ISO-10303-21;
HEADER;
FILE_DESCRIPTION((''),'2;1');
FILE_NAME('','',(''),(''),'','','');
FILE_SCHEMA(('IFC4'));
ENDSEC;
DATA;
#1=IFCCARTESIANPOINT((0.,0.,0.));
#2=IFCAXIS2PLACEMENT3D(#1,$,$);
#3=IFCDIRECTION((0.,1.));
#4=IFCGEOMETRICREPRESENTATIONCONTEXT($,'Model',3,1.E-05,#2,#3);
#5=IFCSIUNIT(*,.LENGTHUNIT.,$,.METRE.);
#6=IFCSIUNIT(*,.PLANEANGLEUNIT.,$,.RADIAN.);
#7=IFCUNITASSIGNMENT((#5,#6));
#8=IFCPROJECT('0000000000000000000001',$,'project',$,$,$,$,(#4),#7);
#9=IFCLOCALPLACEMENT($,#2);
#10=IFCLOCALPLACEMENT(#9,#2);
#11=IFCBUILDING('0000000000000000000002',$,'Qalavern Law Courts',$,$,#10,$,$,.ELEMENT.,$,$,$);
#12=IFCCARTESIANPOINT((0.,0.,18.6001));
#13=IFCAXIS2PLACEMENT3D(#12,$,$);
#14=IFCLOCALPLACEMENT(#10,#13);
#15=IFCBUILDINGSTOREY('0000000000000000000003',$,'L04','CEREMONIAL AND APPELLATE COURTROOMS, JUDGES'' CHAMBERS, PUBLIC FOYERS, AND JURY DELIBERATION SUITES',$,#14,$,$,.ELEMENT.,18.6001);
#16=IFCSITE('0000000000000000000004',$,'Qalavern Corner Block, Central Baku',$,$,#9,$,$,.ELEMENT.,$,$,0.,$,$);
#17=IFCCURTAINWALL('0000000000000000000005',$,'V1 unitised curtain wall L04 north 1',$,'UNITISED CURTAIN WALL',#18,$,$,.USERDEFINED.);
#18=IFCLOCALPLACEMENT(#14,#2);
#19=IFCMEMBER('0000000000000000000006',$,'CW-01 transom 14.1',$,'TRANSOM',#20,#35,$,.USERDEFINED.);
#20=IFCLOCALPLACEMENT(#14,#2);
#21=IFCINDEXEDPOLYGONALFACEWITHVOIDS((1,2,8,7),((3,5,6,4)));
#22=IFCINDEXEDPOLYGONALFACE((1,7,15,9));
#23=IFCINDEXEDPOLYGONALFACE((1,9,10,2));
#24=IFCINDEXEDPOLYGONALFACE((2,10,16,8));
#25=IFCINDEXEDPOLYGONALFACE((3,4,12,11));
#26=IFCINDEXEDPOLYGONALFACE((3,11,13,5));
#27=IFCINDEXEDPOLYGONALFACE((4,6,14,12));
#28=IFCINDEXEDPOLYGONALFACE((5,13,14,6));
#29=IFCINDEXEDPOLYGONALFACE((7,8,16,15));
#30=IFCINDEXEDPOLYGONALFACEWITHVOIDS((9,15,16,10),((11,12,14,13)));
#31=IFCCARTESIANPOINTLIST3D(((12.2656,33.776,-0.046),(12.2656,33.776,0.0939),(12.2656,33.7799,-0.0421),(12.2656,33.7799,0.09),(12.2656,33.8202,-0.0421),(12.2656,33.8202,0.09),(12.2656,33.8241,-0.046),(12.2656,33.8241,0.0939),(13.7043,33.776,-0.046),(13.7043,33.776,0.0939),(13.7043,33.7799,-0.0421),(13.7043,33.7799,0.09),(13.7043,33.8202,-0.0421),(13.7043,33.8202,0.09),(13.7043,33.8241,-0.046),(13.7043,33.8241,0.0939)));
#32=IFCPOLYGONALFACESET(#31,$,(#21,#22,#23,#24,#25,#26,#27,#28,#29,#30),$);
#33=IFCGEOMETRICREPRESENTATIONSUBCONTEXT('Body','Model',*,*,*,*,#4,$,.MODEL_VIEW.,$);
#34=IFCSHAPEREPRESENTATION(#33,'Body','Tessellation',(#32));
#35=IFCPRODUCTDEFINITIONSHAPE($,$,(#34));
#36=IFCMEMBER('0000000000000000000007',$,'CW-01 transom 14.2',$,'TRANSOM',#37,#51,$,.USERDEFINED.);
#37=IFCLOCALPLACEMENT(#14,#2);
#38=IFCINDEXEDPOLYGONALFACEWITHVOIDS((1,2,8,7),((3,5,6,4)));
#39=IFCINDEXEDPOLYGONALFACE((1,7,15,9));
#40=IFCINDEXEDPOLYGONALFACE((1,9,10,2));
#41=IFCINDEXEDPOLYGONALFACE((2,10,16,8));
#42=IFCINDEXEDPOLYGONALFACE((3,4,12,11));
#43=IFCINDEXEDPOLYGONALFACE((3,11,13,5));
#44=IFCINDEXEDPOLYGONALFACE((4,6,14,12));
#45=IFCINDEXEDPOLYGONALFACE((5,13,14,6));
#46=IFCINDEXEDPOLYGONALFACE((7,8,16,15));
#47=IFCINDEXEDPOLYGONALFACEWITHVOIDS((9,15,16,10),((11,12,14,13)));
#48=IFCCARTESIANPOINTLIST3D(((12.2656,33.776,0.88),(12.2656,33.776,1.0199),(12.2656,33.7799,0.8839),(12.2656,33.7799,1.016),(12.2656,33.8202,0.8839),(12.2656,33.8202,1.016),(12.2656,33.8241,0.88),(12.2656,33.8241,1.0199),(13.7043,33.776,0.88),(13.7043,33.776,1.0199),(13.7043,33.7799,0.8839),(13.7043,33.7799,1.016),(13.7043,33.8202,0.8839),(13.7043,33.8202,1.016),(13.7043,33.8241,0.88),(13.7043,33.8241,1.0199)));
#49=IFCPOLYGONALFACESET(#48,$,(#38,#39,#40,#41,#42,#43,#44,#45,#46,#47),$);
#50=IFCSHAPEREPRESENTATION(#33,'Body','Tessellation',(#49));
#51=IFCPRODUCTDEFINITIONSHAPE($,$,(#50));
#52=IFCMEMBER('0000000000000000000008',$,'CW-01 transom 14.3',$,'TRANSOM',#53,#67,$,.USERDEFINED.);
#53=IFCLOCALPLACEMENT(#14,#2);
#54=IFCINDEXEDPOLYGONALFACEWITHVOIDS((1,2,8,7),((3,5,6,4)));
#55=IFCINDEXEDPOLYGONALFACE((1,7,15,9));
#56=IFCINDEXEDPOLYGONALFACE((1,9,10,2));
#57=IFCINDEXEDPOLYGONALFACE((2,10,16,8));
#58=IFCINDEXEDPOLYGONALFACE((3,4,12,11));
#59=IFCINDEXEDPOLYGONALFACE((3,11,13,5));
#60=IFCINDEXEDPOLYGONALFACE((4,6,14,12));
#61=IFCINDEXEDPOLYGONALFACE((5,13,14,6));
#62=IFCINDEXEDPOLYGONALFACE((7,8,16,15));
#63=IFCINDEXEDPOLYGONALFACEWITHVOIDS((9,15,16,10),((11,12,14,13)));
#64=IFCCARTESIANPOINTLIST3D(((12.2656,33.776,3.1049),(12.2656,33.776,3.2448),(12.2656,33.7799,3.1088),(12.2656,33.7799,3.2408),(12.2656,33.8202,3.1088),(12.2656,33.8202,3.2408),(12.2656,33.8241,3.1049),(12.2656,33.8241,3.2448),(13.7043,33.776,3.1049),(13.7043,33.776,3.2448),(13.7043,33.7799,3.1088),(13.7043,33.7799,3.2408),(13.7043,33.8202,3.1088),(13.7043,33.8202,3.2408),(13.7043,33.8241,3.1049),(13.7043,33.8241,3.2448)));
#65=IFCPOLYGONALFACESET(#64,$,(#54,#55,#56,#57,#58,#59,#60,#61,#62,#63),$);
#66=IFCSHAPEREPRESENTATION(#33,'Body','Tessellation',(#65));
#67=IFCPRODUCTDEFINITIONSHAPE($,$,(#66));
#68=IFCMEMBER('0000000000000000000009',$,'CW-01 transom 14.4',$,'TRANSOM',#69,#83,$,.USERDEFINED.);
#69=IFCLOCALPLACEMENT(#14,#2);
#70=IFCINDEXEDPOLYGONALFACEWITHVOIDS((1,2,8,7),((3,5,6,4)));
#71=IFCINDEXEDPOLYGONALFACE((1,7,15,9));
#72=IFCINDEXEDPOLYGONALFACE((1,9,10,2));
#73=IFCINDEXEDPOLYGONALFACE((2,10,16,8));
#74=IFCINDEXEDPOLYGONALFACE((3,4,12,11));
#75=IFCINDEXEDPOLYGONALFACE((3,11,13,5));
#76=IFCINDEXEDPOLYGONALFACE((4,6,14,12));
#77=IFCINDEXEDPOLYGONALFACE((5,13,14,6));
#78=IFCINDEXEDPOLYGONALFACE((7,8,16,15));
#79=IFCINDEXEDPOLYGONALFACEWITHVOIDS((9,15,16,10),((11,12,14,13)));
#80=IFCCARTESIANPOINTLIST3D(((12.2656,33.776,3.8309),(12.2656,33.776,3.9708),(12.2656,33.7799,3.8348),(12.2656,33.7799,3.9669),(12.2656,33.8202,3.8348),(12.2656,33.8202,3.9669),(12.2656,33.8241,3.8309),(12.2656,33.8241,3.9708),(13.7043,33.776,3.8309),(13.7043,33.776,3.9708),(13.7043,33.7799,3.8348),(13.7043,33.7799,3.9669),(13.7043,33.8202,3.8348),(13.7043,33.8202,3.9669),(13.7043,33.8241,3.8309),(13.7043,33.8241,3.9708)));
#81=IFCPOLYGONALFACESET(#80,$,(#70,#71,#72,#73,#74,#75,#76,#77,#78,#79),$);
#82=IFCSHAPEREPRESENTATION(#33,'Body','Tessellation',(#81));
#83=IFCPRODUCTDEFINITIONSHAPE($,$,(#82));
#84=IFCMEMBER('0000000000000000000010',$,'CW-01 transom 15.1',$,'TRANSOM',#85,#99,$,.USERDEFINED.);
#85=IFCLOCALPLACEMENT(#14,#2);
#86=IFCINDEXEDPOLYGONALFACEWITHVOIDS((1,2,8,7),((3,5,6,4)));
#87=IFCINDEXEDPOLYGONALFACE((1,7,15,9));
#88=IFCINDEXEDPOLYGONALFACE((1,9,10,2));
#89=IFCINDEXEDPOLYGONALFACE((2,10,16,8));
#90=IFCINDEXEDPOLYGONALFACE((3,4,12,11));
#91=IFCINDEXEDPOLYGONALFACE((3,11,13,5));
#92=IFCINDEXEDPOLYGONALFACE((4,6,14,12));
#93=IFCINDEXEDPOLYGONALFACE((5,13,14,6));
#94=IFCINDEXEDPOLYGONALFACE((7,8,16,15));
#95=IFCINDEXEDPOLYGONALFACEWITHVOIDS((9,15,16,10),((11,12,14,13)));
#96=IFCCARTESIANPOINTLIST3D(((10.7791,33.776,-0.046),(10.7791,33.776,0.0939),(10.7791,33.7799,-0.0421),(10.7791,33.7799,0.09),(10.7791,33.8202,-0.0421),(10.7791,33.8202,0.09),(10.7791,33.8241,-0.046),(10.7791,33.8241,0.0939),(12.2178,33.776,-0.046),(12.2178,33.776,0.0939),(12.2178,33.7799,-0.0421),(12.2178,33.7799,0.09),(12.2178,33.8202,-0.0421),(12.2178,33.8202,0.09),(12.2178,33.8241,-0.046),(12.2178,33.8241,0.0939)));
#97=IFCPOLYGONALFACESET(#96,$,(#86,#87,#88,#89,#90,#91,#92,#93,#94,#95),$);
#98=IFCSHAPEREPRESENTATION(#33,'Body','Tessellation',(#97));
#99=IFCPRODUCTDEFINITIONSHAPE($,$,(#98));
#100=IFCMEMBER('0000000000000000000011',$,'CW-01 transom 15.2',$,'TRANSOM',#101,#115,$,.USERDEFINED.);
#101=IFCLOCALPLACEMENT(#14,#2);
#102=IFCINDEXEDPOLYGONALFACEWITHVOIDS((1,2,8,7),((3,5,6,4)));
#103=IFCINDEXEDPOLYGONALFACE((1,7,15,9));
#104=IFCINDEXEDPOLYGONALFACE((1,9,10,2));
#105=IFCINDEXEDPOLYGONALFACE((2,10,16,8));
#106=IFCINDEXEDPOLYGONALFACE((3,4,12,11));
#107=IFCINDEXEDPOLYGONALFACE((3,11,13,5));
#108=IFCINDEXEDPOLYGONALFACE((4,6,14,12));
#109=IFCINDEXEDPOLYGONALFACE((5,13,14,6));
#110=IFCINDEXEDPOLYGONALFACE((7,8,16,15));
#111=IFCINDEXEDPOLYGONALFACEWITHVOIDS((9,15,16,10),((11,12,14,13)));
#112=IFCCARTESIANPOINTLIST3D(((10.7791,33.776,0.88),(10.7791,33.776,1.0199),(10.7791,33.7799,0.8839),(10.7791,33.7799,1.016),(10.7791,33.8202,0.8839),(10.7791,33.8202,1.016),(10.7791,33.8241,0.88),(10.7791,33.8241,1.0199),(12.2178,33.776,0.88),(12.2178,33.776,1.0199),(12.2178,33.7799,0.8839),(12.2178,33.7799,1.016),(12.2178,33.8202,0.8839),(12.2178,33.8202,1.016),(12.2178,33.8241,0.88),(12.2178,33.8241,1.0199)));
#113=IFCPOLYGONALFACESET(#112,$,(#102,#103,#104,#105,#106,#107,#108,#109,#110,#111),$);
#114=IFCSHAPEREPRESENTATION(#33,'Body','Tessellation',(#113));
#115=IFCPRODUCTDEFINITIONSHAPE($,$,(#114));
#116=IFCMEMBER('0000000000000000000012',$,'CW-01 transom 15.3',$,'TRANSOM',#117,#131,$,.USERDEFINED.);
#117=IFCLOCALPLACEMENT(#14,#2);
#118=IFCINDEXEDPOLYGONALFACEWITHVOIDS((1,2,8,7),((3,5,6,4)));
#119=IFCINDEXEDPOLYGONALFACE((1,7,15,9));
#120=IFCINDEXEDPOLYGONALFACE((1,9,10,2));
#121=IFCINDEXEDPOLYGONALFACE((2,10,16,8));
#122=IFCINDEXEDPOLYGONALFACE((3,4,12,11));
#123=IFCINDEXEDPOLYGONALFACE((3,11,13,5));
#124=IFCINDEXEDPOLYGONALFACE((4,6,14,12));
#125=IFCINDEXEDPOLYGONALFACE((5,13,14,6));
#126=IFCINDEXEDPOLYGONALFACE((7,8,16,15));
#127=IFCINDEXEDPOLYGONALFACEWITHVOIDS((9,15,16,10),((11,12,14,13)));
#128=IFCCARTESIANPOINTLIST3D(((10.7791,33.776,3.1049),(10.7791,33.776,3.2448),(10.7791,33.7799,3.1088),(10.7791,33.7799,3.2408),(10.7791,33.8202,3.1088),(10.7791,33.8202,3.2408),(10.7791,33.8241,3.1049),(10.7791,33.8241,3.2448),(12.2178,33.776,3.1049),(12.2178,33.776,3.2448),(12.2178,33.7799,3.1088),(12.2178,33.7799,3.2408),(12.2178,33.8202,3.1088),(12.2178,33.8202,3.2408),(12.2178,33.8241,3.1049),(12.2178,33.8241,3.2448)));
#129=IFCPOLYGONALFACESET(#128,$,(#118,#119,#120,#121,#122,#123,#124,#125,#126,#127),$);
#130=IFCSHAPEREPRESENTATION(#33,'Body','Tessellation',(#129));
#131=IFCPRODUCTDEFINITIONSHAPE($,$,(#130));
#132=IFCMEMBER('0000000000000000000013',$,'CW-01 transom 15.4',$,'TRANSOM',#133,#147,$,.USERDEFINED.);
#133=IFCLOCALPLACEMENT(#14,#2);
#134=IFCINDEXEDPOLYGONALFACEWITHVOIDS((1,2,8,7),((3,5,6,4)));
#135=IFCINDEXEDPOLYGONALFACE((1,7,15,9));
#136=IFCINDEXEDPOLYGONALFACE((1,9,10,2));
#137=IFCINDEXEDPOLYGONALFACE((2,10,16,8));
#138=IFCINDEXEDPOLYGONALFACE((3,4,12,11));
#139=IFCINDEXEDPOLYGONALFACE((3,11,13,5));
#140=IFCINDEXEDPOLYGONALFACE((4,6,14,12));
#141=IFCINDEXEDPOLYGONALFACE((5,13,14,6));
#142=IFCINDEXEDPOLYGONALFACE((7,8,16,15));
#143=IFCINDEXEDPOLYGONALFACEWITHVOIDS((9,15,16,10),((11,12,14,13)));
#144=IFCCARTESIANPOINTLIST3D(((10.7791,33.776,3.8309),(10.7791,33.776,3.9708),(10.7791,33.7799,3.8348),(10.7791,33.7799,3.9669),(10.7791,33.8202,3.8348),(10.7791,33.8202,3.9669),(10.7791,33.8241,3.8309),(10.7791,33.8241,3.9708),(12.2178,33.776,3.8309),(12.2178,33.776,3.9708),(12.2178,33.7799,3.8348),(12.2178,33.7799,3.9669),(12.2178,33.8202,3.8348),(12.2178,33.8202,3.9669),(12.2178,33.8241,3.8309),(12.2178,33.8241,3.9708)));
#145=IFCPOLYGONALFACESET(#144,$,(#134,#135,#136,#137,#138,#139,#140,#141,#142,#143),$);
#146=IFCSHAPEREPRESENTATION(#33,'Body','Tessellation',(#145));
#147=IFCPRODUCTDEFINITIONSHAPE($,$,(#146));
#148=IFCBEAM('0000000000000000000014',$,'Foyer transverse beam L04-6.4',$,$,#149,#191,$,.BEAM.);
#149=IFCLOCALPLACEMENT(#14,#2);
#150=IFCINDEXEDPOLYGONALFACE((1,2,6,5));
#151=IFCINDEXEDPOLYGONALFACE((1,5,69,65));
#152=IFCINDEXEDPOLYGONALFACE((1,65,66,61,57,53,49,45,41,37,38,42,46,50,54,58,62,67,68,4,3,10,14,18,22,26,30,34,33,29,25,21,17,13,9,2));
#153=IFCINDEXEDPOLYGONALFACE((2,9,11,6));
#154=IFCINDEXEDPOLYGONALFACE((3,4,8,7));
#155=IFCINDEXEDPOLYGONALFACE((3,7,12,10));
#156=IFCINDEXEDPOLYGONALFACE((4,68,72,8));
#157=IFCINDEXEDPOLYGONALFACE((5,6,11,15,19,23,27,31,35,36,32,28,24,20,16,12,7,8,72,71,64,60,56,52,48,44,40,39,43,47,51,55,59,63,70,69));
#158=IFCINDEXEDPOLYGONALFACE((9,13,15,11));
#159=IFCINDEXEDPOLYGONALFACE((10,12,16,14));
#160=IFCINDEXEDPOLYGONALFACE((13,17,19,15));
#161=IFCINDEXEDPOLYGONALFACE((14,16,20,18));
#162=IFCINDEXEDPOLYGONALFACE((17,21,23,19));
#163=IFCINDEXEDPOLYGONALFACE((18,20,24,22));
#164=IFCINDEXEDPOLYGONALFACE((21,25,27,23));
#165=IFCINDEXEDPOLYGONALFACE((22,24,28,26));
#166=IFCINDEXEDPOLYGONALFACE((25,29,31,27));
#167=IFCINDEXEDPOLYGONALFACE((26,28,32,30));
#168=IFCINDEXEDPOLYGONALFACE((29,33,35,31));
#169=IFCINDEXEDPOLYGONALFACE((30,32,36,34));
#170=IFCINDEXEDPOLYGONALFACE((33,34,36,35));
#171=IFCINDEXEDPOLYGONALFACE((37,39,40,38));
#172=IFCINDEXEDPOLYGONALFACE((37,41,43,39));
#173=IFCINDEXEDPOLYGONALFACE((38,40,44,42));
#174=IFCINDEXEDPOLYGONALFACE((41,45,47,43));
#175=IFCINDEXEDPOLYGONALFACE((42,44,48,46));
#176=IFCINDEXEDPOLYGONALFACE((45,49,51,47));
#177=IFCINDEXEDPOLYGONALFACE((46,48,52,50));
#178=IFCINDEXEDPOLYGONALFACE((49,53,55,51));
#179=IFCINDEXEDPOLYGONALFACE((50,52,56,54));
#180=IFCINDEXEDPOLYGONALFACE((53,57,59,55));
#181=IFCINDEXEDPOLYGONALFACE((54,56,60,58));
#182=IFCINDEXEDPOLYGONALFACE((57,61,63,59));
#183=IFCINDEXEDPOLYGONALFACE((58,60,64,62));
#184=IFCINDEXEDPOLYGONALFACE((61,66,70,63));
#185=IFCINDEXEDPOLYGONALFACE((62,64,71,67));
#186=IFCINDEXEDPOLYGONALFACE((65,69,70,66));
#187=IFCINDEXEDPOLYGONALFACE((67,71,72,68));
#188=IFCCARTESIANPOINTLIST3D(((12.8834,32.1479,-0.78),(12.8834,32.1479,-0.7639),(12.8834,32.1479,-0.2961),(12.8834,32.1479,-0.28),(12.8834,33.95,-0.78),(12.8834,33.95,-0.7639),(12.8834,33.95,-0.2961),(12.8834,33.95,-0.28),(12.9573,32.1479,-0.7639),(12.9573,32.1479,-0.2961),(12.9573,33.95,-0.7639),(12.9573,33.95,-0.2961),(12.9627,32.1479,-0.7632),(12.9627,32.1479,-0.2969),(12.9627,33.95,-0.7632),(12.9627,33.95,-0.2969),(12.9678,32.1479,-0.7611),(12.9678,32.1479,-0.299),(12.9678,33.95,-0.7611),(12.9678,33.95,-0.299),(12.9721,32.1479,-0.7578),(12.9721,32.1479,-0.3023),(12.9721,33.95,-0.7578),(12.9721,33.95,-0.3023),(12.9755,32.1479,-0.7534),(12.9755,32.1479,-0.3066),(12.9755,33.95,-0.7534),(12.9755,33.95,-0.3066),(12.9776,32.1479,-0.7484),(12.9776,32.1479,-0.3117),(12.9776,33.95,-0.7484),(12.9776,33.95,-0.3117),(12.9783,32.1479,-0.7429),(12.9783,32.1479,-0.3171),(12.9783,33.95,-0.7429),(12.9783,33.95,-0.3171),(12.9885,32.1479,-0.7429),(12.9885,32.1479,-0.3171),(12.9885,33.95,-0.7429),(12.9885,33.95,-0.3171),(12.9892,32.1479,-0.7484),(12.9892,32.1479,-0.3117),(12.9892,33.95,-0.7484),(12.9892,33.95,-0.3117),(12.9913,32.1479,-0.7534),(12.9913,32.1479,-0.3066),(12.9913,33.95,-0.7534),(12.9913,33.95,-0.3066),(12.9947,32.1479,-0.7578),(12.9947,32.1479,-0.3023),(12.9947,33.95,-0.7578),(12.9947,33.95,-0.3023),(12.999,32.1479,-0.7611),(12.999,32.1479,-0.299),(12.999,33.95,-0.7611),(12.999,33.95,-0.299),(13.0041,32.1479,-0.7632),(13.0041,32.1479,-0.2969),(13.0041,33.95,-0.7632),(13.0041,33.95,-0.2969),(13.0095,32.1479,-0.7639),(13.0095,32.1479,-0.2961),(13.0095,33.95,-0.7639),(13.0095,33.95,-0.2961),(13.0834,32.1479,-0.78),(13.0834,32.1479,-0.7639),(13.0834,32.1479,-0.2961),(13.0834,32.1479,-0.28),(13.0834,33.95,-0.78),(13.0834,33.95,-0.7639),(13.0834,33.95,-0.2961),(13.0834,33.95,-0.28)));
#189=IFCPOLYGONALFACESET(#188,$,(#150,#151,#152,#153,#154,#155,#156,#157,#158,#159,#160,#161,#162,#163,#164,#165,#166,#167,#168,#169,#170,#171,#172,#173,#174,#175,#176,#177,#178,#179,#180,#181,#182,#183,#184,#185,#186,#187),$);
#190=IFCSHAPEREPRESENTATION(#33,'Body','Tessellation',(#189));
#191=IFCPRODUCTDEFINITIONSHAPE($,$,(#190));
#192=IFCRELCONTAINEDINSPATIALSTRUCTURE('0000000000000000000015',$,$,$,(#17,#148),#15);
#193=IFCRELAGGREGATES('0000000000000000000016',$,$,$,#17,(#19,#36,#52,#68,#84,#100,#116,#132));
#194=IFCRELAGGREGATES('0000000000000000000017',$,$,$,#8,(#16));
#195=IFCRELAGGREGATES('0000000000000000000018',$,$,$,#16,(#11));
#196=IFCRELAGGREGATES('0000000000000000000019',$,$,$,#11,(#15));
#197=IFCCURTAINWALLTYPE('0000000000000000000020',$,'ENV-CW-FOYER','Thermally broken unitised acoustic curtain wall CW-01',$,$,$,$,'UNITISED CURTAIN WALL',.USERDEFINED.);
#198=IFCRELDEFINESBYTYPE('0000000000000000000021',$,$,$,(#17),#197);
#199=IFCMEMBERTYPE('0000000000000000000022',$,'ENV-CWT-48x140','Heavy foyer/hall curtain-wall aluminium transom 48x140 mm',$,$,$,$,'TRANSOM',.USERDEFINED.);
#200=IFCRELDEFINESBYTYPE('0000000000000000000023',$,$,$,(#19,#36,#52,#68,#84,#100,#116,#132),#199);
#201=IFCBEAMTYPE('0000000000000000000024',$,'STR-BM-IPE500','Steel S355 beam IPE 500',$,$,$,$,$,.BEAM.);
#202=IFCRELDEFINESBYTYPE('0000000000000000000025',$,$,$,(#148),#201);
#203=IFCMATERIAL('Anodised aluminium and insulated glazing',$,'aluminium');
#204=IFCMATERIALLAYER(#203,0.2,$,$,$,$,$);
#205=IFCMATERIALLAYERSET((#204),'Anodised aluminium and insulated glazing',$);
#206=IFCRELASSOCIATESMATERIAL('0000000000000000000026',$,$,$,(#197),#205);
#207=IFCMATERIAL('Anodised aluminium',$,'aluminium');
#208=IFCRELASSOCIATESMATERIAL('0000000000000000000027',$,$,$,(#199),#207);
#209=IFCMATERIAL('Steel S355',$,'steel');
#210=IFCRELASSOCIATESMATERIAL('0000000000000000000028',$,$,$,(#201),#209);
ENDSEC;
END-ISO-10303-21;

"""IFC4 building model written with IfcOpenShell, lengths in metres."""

from ifc_helpers import new_model, si_unit, direction, frame, origin, origin_2d, place, context, subcontext, project, spatial, hollow_rectangle, i_section, extrude, material, layer, layer_set, material_profile, profile_set, type_object, element, aggregate, save


model = new_model("IFC4")

# Units and contexts
model_context = context("Model", 3, precision=1e-05, world=origin(), true_north=direction((0.0, 1.0)))
body_context = subcontext(model_context, "Body", "Model", "MODEL_VIEW")
ifc_project = project(units=[si_unit("LENGTHUNIT", "METRE"), si_unit("PLANEANGLEUNIT", "RADIAN")], contexts=[model_context])

# Site, building, storey
site_placement = place(None, origin())
site = spatial("IfcSite", under=ifc_project, at=site_placement, Name="Qalavern Corner Block, Central Baku", CompositionType="ELEMENT", RefElevation=0.0)
building_placement = place(site_placement, origin())
building = spatial("IfcBuilding", under=site, at=building_placement, Name="Qalavern Law Courts", CompositionType="ELEMENT")
storey_placement = place(building_placement, frame((0.0, 0.0, 18.6001)))
storey = spatial("IfcBuildingStorey", under=building, at=storey_placement, Name="L04", Description="CEREMONIAL AND APPELLATE COURTROOMS, JUDGES' CHAMBERS, PUBLIC FOYERS, AND JURY DELIBERATION SUITES", CompositionType="ELEMENT", Elevation=18.6001)

# Curtain wall, members
ifc_material_1 = material(Name="Anodised aluminium and insulated glazing", Category="aluminium")
ifc_layer_1 = layer(ifc_material_1, 0.2)
ifc_layer_set_1 = layer_set([ifc_layer_1], Name="Anodised aluminium and insulated glazing")
curtain_wall_type = type_object("IfcCurtainWallType", Name="ENV-CW-FOYER", Description="Thermally broken unitised acoustic curtain wall CW-01", ElementType="UNITISED CURTAIN WALL", PredefinedType="USERDEFINED", material=ifc_layer_set_1)
curtain_wall_placement = place(storey_placement, origin())
curtain_wall = element("IfcCurtainWall", 1, at=curtain_wall_placement, inside=storey, type_object=curtain_wall_type, Name="V1 unitised curtain wall L04 north 1", ObjectType="UNITISED CURTAIN WALL", PredefinedType="USERDEFINED")
ifc_material_2 = material(Name="Anodised aluminium", Category="aluminium")
ifc_material_profile_1 = material_profile(ifc_material_2, hollow_rectangle(XDim=0.0481, YDim=0.1399, WallThickness=0.0039, at=origin_2d()), Name="ALU TRANSOM 48x140")
ifc_profile_set_1 = profile_set([ifc_material_profile_1], Name="Anodised aluminium")
member_type_1 = type_object("IfcMemberType", Name="ENV-CWT-48x140", Description="Heavy foyer/hall curtain-wall aluminium transom 48x140 mm", ElementType="TRANSOM", PredefinedType="USERDEFINED", material=ifc_profile_set_1)
member_1_placement = place(storey_placement, frame((13.7043, 33.8, 0.0239), z_axis=(-1.0, 0.0, 0.0), x_axis=(0.0, -1.0, 0.0)))
member_1 = element("IfcMember", 2, at=member_1_placement, type_object=member_type_1, Name="CW-01 transom 14.1", ObjectType="TRANSOM", PredefinedType="USERDEFINED", context=body_context, shape_type="SweptSolid", body=[
    extrude(hollow_rectangle(XDim=0.0481, YDim=0.1399, WallThickness=0.0039, at=origin_2d()), origin(), (0.0, 0.0, 1.0), 1.4387),
])
member_2_placement = place(storey_placement, frame((13.7043, 33.8, 0.95), z_axis=(-1.0, 0.0, 0.0), x_axis=(0.0, -1.0, 0.0)))
member_2 = element("IfcMember", 3, at=member_2_placement, type_object=member_type_1, Name="CW-01 transom 14.2", ObjectType="TRANSOM", PredefinedType="USERDEFINED", context=body_context, shape_type="SweptSolid", body=[
    extrude(hollow_rectangle(XDim=0.0481, YDim=0.1399, WallThickness=0.0039, at=origin_2d()), origin(), (0.0, 0.0, 1.0), 1.4387),
])
member_3_placement = place(storey_placement, frame((13.7043, 33.8, 3.1748), z_axis=(-1.0, 0.0, 0.0), x_axis=(0.0, -1.0, 0.0)))
member_3 = element("IfcMember", 4, at=member_3_placement, type_object=member_type_1, Name="CW-01 transom 14.3", ObjectType="TRANSOM", PredefinedType="USERDEFINED", context=body_context, shape_type="SweptSolid", body=[
    extrude(hollow_rectangle(XDim=0.0481, YDim=0.1399, WallThickness=0.0039, at=origin_2d()), origin(), (0.0, 0.0, 1.0), 1.4387),
])
member_4_placement = place(storey_placement, frame((13.7043, 33.8, 3.9009), z_axis=(-1.0, 0.0, 0.0), x_axis=(0.0, -1.0, 0.0)))
member_4 = element("IfcMember", 5, at=member_4_placement, type_object=member_type_1, Name="CW-01 transom 14.4", ObjectType="TRANSOM", PredefinedType="USERDEFINED", context=body_context, shape_type="SweptSolid", body=[
    extrude(hollow_rectangle(XDim=0.0481, YDim=0.1399, WallThickness=0.0039, at=origin_2d()), origin(), (0.0, 0.0, 1.0), 1.4387),
])
member_5_placement = place(storey_placement, frame((12.2178, 33.8, 0.0239), z_axis=(-1.0, 0.0, 0.0), x_axis=(0.0, -1.0, 0.0)))
member_5 = element("IfcMember", 6, at=member_5_placement, type_object=member_type_1, Name="CW-01 transom 15.1", ObjectType="TRANSOM", PredefinedType="USERDEFINED", context=body_context, shape_type="SweptSolid", body=[
    extrude(hollow_rectangle(XDim=0.0481, YDim=0.1399, WallThickness=0.0039, at=origin_2d()), origin(), (0.0, 0.0, 1.0), 1.4387),
])
member_6_placement = place(storey_placement, frame((12.2178, 33.8, 0.95), z_axis=(-1.0, 0.0, 0.0), x_axis=(0.0, -1.0, 0.0)))
member_6 = element("IfcMember", 7, at=member_6_placement, type_object=member_type_1, Name="CW-01 transom 15.2", ObjectType="TRANSOM", PredefinedType="USERDEFINED", context=body_context, shape_type="SweptSolid", body=[
    extrude(hollow_rectangle(XDim=0.0481, YDim=0.1399, WallThickness=0.0039, at=origin_2d()), origin(), (0.0, 0.0, 1.0), 1.4387),
])
member_7_placement = place(storey_placement, frame((12.2178, 33.8, 3.1748), z_axis=(-1.0, 0.0, 0.0), x_axis=(0.0, -1.0, 0.0)))
member_7 = element("IfcMember", 8, at=member_7_placement, type_object=member_type_1, Name="CW-01 transom 15.3", ObjectType="TRANSOM", PredefinedType="USERDEFINED", context=body_context, shape_type="SweptSolid", body=[
    extrude(hollow_rectangle(XDim=0.0481, YDim=0.1399, WallThickness=0.0039, at=origin_2d()), origin(), (0.0, 0.0, 1.0), 1.4387),
])
member_8_placement = place(storey_placement, frame((12.2178, 33.8, 3.9009), z_axis=(-1.0, 0.0, 0.0), x_axis=(0.0, -1.0, 0.0)))
member_8 = element("IfcMember", 9, at=member_8_placement, type_object=member_type_1, Name="CW-01 transom 15.4", ObjectType="TRANSOM", PredefinedType="USERDEFINED", context=body_context, shape_type="SweptSolid", body=[
    extrude(hollow_rectangle(XDim=0.0481, YDim=0.1399, WallThickness=0.0039, at=origin_2d()), origin(), (0.0, 0.0, 1.0), 1.4387),
])

# Beam
ifc_material_3 = material(Name="Steel S355", Category="steel")
ifc_material_profile_2 = material_profile(ifc_material_3, i_section(OverallWidth=0.2, OverallDepth=0.5, WebThickness=0.0103, FlangeThickness=0.0161, FilletRadius=0.021, at=origin_2d()), Name="IPE 500")
ifc_profile_set_2 = profile_set([ifc_material_profile_2], Name="Steel S355")
beam_type_1 = type_object("IfcBeamType", Name="STR-BM-IPE500", Description="Steel S355 beam IPE 500", PredefinedType="BEAM", material=ifc_profile_set_2)
beam_placement = place(storey_placement, frame((12.9834, 32.1479, -0.53), z_axis=(0.0, 1.0, 0.0), x_axis=(-1.0, 0.0, 0.0)))
element("IfcBeam", 10, at=beam_placement, inside=storey, type_object=beam_type_1, Name="Foyer transverse beam L04-6.4", PredefinedType="BEAM", context=body_context, shape_type="SweptSolid", body=[
    extrude(i_section(OverallWidth=0.2, OverallDepth=0.5, WebThickness=0.0103, FlangeThickness=0.0161, FilletRadius=0.021, at=origin_2d()), origin(), (0.0, 0.0, 1.0), 1.802),
])

aggregate(curtain_wall, [member_1, member_2, member_3, member_4, member_5, member_6, member_7, member_8])

save(model, "model.ifc")
